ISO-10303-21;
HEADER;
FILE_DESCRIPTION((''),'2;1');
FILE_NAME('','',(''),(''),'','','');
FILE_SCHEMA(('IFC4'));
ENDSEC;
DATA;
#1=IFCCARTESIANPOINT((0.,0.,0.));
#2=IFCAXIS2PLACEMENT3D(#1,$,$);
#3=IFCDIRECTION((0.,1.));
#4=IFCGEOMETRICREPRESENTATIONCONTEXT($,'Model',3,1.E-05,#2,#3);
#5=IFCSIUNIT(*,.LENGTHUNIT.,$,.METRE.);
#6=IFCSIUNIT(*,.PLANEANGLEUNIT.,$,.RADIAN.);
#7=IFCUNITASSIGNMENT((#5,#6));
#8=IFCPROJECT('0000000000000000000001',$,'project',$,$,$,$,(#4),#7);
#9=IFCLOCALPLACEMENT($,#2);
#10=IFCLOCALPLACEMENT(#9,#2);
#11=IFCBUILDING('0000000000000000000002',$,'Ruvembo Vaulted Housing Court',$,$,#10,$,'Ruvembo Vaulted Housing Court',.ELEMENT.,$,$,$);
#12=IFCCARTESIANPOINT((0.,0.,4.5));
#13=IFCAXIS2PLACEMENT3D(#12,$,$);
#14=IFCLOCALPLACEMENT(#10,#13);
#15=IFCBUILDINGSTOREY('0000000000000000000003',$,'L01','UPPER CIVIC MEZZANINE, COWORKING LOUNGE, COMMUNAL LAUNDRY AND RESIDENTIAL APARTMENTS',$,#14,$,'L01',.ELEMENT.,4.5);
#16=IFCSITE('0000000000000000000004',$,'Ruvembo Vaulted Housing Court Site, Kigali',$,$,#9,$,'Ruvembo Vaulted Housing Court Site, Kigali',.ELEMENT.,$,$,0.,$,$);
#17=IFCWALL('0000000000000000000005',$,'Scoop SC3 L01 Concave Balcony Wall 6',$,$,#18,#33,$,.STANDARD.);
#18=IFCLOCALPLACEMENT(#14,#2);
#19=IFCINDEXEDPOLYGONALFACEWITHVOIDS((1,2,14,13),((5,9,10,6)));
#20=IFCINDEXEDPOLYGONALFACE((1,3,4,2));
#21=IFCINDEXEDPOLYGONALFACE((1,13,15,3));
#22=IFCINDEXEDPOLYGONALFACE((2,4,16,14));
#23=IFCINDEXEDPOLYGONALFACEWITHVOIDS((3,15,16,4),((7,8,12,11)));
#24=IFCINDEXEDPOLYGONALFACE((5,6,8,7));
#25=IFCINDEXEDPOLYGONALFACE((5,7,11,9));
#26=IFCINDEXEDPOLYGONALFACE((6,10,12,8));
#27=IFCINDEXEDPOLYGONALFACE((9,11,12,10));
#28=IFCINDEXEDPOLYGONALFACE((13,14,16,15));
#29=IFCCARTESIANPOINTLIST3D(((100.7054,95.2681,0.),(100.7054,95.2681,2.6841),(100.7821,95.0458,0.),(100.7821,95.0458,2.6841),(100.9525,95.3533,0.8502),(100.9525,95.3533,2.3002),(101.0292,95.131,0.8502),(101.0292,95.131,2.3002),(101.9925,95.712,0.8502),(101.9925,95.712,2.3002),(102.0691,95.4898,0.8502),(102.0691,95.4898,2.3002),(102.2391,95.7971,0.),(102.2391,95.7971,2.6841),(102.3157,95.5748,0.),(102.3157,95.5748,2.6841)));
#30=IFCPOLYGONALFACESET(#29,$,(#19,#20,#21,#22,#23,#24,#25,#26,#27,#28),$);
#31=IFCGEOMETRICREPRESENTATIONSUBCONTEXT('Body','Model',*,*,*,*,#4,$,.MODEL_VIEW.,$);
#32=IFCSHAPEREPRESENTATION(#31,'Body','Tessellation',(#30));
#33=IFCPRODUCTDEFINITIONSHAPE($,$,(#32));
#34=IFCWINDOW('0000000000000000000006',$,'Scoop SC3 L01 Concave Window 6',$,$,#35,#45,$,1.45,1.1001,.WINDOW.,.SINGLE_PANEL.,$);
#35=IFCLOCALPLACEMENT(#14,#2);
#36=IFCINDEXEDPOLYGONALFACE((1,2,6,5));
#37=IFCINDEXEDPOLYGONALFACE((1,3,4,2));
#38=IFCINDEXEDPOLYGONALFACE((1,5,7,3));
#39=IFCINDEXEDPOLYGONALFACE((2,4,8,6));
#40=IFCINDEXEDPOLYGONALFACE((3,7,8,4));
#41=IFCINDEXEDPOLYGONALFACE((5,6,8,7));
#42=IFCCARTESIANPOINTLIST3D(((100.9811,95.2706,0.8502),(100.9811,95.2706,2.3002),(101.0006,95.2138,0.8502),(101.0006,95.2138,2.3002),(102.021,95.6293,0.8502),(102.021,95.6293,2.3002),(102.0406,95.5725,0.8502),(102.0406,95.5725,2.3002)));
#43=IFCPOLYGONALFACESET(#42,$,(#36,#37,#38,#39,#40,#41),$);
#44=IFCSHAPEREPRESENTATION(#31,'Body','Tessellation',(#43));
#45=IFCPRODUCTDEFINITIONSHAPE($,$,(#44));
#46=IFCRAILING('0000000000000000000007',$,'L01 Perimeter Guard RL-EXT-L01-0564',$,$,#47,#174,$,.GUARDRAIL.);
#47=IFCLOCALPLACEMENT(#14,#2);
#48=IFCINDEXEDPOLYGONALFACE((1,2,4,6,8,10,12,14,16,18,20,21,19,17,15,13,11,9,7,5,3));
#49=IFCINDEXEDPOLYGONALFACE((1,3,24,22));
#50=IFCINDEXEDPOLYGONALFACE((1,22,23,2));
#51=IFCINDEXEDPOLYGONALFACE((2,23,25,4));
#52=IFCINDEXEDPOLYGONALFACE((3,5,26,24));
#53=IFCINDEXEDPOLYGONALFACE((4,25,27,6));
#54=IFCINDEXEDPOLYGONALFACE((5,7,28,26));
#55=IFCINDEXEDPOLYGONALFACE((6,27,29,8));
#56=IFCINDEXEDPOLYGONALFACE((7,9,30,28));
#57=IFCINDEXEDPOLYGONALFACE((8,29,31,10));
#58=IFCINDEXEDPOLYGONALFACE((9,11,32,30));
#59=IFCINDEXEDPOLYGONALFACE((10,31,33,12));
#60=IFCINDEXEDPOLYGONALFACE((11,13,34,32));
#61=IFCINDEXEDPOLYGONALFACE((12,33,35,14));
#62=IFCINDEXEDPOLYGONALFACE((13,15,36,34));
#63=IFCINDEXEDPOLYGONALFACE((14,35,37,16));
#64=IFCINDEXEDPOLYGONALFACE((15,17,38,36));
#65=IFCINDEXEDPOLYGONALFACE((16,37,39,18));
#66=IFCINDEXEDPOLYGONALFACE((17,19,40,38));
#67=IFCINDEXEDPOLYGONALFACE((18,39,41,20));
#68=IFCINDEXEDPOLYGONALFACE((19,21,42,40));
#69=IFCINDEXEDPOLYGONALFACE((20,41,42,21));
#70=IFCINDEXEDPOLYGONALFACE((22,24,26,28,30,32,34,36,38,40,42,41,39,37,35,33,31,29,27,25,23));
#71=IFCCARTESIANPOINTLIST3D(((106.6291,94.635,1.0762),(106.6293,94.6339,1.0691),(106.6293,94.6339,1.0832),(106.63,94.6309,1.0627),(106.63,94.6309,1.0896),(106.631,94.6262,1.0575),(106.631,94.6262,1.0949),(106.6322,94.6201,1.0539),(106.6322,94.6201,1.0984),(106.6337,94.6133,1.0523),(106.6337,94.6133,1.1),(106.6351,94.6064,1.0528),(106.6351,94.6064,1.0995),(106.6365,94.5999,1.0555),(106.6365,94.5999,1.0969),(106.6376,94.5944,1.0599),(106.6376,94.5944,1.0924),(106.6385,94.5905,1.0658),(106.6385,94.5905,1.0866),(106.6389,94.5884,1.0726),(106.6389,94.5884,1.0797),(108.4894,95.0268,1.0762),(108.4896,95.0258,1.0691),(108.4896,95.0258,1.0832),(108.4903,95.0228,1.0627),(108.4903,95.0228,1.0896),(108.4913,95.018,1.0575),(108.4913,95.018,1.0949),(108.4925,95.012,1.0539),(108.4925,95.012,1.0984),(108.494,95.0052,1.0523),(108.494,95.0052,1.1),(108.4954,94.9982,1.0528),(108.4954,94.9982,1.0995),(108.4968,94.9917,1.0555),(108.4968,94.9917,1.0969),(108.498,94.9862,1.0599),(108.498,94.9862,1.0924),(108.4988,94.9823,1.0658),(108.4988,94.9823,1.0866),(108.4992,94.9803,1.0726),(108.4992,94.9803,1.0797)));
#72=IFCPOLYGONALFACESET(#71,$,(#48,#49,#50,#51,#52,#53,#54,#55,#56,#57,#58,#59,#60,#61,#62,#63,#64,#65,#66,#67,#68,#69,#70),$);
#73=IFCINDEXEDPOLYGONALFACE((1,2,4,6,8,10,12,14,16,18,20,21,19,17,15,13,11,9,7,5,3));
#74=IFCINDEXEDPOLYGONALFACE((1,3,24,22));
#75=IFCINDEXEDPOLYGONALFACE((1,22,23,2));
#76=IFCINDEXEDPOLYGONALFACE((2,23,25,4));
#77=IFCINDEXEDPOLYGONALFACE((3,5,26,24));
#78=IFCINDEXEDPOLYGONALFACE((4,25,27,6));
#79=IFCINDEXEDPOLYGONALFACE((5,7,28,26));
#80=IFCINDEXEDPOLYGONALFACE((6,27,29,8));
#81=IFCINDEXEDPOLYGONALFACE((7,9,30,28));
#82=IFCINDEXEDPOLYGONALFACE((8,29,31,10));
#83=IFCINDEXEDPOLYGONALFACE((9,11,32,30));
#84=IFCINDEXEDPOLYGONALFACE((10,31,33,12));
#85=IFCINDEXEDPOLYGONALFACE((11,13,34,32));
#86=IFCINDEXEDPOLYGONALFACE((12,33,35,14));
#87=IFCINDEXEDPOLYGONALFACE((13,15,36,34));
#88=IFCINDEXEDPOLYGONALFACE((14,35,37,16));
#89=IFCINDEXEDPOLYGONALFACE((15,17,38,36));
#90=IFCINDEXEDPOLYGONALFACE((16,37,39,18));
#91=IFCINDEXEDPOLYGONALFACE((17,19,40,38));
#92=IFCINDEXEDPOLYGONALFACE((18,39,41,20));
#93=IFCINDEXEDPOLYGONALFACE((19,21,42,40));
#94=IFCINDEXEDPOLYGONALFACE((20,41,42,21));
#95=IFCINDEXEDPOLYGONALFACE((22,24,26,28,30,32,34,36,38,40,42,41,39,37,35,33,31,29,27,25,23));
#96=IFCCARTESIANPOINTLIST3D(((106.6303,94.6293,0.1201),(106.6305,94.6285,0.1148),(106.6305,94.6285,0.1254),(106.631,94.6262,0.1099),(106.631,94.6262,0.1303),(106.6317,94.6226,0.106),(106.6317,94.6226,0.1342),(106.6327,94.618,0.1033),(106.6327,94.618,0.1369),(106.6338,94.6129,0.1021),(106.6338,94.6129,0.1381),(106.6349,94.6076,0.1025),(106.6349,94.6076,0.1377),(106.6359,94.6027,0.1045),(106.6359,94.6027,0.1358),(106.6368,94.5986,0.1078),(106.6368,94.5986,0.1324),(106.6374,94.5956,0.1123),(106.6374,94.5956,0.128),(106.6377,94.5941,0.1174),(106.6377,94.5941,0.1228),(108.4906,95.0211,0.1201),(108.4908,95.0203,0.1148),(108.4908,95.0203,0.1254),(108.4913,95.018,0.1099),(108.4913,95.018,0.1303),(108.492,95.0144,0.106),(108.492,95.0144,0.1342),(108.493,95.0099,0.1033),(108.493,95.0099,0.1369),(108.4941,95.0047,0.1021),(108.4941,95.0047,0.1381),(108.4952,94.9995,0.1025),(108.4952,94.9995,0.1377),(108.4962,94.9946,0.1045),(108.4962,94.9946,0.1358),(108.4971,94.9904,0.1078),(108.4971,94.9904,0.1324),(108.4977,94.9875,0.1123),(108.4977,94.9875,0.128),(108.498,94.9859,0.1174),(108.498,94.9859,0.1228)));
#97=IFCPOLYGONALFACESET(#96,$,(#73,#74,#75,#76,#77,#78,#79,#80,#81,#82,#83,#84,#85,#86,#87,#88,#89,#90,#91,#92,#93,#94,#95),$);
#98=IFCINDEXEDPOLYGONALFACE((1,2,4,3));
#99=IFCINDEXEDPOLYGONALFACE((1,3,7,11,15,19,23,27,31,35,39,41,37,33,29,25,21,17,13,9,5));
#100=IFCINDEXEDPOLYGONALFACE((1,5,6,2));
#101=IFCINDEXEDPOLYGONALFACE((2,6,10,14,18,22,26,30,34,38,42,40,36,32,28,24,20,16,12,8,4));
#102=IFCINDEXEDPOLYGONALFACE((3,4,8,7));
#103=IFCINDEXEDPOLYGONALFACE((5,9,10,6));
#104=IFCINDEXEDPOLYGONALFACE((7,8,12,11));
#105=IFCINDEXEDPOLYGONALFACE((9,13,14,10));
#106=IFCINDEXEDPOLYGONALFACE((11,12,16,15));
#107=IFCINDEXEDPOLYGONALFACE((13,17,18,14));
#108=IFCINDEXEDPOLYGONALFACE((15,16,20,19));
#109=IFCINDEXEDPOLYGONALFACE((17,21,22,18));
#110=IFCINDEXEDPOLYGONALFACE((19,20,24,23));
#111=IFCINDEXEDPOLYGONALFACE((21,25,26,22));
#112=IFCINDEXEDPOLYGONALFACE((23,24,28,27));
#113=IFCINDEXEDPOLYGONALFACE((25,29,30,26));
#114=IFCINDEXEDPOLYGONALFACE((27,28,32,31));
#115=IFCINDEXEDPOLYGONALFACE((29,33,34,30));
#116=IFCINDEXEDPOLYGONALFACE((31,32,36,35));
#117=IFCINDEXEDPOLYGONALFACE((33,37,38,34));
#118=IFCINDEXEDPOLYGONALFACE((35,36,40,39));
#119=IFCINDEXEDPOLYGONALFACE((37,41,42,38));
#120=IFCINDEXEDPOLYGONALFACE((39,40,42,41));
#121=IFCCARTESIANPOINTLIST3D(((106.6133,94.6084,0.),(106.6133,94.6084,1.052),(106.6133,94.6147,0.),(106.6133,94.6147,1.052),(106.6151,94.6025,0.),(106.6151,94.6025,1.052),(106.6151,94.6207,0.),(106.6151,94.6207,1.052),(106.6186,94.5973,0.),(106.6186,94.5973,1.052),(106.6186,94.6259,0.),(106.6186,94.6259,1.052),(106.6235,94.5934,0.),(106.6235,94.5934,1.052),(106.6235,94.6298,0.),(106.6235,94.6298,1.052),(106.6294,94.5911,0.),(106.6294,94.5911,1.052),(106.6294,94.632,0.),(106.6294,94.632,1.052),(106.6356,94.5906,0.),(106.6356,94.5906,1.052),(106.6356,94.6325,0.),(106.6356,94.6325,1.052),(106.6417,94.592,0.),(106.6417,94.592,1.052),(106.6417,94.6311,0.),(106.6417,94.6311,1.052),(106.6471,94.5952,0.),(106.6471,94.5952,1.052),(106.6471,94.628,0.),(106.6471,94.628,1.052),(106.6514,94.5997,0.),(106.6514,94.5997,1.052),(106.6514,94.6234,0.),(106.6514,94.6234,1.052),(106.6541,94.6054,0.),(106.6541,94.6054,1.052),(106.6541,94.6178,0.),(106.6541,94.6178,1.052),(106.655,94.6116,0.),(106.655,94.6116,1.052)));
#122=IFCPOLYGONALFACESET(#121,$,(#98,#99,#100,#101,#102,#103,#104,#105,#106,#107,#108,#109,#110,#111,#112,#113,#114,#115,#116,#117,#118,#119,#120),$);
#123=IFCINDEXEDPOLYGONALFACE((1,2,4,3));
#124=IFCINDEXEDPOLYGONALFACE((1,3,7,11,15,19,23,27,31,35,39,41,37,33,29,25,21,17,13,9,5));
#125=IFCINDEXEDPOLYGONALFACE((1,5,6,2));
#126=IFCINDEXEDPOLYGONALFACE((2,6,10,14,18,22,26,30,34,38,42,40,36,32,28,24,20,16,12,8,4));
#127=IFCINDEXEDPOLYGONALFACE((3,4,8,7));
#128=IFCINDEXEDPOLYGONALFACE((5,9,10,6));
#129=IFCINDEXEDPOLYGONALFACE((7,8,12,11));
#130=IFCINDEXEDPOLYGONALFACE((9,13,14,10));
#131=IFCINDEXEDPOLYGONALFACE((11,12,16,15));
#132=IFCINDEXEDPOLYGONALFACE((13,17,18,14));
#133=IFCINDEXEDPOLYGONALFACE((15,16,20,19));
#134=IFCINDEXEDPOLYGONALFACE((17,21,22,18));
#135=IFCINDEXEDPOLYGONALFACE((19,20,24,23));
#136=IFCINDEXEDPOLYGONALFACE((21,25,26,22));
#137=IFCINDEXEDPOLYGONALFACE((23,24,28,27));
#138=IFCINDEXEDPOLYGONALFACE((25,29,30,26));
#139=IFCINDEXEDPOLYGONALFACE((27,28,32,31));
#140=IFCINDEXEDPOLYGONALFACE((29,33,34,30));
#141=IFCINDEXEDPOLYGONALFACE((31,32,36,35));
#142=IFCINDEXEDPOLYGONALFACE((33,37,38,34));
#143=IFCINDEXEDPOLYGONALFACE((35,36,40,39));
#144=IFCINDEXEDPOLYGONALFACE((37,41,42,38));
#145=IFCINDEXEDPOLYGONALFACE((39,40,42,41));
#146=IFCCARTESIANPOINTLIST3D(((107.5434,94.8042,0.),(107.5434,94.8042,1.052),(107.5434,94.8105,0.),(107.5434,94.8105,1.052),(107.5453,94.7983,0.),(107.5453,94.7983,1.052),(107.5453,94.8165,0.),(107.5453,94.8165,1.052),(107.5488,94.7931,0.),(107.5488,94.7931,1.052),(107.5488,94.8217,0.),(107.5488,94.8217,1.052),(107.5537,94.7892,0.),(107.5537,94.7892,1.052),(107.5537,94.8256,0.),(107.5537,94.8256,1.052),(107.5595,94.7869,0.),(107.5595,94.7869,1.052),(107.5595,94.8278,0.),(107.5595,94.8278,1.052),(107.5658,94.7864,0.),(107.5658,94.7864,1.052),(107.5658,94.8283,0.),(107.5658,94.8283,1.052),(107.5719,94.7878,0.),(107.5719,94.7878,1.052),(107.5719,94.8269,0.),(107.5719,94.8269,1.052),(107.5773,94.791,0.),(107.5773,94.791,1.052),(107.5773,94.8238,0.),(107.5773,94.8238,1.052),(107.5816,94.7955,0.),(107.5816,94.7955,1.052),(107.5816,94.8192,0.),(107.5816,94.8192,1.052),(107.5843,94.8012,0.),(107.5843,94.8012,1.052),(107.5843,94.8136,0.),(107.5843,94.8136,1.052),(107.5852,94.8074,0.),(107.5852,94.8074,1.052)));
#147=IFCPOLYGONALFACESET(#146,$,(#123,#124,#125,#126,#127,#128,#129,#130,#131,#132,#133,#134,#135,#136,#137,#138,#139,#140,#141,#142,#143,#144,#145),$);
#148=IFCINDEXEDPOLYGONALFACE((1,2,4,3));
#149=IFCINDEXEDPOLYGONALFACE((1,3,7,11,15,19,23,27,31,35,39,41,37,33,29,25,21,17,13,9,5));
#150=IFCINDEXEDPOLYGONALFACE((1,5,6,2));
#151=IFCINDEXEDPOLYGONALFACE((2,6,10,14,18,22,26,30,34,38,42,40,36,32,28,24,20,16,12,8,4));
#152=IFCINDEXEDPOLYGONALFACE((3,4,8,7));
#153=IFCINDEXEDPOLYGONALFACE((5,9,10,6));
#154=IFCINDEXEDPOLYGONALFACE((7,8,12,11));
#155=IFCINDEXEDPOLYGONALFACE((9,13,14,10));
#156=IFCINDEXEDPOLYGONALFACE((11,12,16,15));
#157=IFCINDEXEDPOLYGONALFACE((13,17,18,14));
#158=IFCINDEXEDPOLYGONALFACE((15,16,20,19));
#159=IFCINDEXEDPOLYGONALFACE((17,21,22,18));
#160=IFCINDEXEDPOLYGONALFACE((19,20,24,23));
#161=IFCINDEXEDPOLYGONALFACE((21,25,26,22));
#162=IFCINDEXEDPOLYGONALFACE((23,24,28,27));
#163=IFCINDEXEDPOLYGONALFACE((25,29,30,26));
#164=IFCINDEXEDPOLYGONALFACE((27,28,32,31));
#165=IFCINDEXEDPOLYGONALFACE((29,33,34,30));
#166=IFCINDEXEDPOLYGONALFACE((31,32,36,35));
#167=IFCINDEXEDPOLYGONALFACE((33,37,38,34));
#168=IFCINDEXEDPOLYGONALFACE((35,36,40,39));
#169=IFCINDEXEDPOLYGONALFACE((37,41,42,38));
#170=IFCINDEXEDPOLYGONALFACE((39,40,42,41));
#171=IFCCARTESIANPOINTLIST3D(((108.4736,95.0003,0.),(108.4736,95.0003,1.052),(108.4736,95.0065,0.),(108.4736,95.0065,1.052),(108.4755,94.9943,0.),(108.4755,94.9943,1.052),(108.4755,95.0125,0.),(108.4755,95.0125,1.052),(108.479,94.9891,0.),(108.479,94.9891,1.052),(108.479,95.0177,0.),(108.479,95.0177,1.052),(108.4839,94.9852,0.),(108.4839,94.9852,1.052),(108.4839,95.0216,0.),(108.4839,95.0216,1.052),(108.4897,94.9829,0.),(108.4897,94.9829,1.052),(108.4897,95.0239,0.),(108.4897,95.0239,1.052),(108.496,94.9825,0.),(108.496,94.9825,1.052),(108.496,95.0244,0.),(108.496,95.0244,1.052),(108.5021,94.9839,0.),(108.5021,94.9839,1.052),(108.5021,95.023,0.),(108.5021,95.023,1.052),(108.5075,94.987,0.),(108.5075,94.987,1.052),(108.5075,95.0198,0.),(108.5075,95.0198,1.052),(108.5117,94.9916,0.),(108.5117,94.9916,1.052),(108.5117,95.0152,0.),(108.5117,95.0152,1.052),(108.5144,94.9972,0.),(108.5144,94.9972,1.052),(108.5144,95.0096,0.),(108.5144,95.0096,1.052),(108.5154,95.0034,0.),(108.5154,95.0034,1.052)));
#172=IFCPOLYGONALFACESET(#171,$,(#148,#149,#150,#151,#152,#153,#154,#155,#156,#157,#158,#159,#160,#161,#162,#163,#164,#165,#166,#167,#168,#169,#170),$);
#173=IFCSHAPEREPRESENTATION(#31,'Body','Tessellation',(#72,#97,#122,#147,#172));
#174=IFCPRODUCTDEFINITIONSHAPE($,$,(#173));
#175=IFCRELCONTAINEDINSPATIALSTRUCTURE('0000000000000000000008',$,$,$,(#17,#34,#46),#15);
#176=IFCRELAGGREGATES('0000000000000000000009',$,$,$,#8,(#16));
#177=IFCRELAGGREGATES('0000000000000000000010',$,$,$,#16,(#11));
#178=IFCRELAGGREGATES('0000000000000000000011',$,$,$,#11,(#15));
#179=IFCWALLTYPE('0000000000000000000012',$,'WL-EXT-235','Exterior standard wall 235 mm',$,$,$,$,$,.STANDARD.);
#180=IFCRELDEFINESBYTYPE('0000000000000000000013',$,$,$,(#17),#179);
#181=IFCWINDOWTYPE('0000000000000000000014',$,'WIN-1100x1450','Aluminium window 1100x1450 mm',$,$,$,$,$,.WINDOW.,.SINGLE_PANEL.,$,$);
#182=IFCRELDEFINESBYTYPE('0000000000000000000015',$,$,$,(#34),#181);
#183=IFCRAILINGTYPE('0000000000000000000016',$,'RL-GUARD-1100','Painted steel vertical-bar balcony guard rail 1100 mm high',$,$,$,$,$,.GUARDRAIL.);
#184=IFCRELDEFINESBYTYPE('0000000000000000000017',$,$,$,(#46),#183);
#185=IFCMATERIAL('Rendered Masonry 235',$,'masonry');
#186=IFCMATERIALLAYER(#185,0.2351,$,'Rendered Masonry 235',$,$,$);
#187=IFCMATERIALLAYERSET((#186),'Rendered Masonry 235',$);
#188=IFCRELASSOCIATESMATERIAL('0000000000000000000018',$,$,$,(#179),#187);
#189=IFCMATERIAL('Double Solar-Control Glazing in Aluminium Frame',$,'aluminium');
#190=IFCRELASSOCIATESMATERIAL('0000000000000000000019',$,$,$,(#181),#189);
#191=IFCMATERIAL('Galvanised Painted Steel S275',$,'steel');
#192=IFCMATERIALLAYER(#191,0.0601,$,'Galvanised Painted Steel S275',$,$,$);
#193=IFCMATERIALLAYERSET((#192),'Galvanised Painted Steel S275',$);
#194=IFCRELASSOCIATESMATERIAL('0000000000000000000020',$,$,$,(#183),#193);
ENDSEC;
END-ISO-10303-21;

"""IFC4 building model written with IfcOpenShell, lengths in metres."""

from ifc_helpers import new_model, si_unit, direction, frame, frame_2d, origin, origin_2d, place, context, subcontext, project, spatial, rectangle, circle, extrude, material, layer, layer_set, type_object, element, fill, save


model = new_model("IFC4")

# Units and contexts
model_context = context("Model", 3, precision=1e-05, world=origin(), true_north=direction((0.0, 1.0)))
body_context = subcontext(model_context, "Body", "Model", "MODEL_VIEW")
ifc_project = project(units=[si_unit("LENGTHUNIT", "METRE"), si_unit("PLANEANGLEUNIT", "RADIAN")], contexts=[model_context])

# Site, building, storey
site_placement = place(None, origin())
site = spatial("IfcSite", under=ifc_project, at=site_placement, Name="Ruvembo Vaulted Housing Court Site, Kigali", LongName="Ruvembo Vaulted Housing Court Site, Kigali", CompositionType="ELEMENT", RefElevation=0.0)
building_placement = place(site_placement, origin())
building = spatial("IfcBuilding", under=site, at=building_placement, Name="Ruvembo Vaulted Housing Court", LongName="Ruvembo Vaulted Housing Court", CompositionType="ELEMENT")
storey_placement = place(building_placement, frame((0.0, 0.0, 4.5)))
storey = spatial("IfcBuildingStorey", under=building, at=storey_placement, Name="L01", Description="UPPER CIVIC MEZZANINE, COWORKING LOUNGE, COMMUNAL LAUNDRY AND RESIDENTIAL APARTMENTS", LongName="L01", CompositionType="ELEMENT", Elevation=4.5)

# Wall, opening, window
ifc_material_1 = material(Name="Rendered Masonry 235", Category="masonry")
ifc_layer_1 = layer(ifc_material_1, 0.2351, Name="Rendered Masonry 235")
ifc_layer_set_1 = layer_set([ifc_layer_1], Name="Rendered Masonry 235")
wall_type = type_object("IfcWallType", Name="WL-EXT-235", Description="Exterior standard wall 235 mm", PredefinedType="STANDARD", material=ifc_layer_set_1)
wall_placement = place(storey_placement, frame((100.7439, 95.157, 0.0), z_axis=(0.0, 0.0, 1.0), x_axis=(0.945336, 0.326097, 0.0)))
wall = element("IfcWall", 1, at=wall_placement, inside=storey, type_object=wall_type, Name="Scoop SC3 L01 Concave Balcony Wall 6", PredefinedType="STANDARD", context=body_context, shape_type="SweptSolid", body=[
    extrude(rectangle(XDim=1.6223, YDim=0.2351, at=frame_2d((0.811, 0.0))), origin(), (0.0, 0.0, 1.0), 2.6841),
])
opening_placement = place(wall_placement, frame((0.2612, 0.0, 0.8501)))
opening = element("IfcOpeningElement", 2, at=opening_placement, cuts=wall, PredefinedType="OPENING", context=body_context, shape_type="SweptSolid", body=[
    extrude(rectangle(XDim=1.1001, YDim=1.45, at=frame_2d((0.55, 0.7251))), frame((0.0, 0.1274, 0.0), z_axis=(0.0, -1.0, 0.0), x_axis=(1.0, 0.0, 0.0)), (0.0, 0.0, 1.0), 0.2551),
])
ifc_material_2 = material(Name="Double Solar-Control Glazing in Aluminium Frame", Category="aluminium")
window_type = type_object("IfcWindowType", Name="WIN-1100x1450", Description="Aluminium window 1100x1450 mm", PartitioningType="SINGLE_PANEL", PredefinedType="WINDOW", material=ifc_material_2)
window_placement = place(opening_placement, origin())
window = element("IfcWindow", 3, at=window_placement, inside=storey, type_object=window_type, Name="Scoop SC3 L01 Concave Window 6", OverallHeight=1.45, OverallWidth=1.1001, PartitioningType="SINGLE_PANEL", PredefinedType="WINDOW", context=body_context, shape_type="SweptSolid", body=[
    extrude(rectangle(XDim=1.1001, YDim=1.45, at=frame_2d((0.55, 0.7251))), frame((0.0, 0.03, 0.0), z_axis=(0.0, -1.0, 0.0), x_axis=(1.0, 0.0, 0.0)), (0.0, 0.0, 1.0), 0.0601),
])
fill(opening, window)

# Railing
ifc_material_3 = material(Name="Galvanised Painted Steel S275", Category="steel")
ifc_layer_2 = layer(ifc_material_3, 0.0601, Name="Galvanised Painted Steel S275")
ifc_layer_set_2 = layer_set([ifc_layer_2], Name="Galvanised Painted Steel S275")
railing_type = type_object("IfcRailingType", Name="RL-GUARD-1100", Description="Painted steel vertical-bar balcony guard rail 1100 mm high", PredefinedType="GUARDRAIL", material=ifc_layer_set_2)
railing_1_placement = place(storey_placement, frame((106.634, 94.6116, 0.0)))
element("IfcRailing", 4, at=railing_1_placement, inside=storey, type_object=railing_type, Name="L01 Perimeter Guard RL-EXT-L01-0564", PredefinedType="GUARDRAIL", context=body_context, shape_type="SweptSolid", body=[
    extrude(circle(Radius=0.0239, at=origin_2d()), frame((0.0, 0.0, 1.0762), z_axis=(0.978529, 0.206108, 0.0), x_axis=(-0.206108, 0.978529, 0.0)), (0.0, 0.0, 1.0), 1.9011),
    extrude(circle(Radius=0.0181, at=origin_2d()), frame((0.0, 0.0, 0.1201), z_axis=(0.978529, 0.206108, 0.0), x_axis=(-0.206108, 0.978529, 0.0)), (0.0, 0.0, 1.0), 1.9011),
    extrude(circle(Radius=0.021, at=origin_2d()), origin(), (0.0, 0.0, 1.0), 1.052),
    extrude(circle(Radius=0.021, at=origin_2d()), frame((0.9302, 0.1958, 0.0)), (0.0, 0.0, 1.0), 1.052),
    extrude(circle(Radius=0.021, at=origin_2d()), frame((1.8604, 0.3918, 0.0)), (0.0, 0.0, 1.0), 1.052),
])

save(model, "model.ifc")
